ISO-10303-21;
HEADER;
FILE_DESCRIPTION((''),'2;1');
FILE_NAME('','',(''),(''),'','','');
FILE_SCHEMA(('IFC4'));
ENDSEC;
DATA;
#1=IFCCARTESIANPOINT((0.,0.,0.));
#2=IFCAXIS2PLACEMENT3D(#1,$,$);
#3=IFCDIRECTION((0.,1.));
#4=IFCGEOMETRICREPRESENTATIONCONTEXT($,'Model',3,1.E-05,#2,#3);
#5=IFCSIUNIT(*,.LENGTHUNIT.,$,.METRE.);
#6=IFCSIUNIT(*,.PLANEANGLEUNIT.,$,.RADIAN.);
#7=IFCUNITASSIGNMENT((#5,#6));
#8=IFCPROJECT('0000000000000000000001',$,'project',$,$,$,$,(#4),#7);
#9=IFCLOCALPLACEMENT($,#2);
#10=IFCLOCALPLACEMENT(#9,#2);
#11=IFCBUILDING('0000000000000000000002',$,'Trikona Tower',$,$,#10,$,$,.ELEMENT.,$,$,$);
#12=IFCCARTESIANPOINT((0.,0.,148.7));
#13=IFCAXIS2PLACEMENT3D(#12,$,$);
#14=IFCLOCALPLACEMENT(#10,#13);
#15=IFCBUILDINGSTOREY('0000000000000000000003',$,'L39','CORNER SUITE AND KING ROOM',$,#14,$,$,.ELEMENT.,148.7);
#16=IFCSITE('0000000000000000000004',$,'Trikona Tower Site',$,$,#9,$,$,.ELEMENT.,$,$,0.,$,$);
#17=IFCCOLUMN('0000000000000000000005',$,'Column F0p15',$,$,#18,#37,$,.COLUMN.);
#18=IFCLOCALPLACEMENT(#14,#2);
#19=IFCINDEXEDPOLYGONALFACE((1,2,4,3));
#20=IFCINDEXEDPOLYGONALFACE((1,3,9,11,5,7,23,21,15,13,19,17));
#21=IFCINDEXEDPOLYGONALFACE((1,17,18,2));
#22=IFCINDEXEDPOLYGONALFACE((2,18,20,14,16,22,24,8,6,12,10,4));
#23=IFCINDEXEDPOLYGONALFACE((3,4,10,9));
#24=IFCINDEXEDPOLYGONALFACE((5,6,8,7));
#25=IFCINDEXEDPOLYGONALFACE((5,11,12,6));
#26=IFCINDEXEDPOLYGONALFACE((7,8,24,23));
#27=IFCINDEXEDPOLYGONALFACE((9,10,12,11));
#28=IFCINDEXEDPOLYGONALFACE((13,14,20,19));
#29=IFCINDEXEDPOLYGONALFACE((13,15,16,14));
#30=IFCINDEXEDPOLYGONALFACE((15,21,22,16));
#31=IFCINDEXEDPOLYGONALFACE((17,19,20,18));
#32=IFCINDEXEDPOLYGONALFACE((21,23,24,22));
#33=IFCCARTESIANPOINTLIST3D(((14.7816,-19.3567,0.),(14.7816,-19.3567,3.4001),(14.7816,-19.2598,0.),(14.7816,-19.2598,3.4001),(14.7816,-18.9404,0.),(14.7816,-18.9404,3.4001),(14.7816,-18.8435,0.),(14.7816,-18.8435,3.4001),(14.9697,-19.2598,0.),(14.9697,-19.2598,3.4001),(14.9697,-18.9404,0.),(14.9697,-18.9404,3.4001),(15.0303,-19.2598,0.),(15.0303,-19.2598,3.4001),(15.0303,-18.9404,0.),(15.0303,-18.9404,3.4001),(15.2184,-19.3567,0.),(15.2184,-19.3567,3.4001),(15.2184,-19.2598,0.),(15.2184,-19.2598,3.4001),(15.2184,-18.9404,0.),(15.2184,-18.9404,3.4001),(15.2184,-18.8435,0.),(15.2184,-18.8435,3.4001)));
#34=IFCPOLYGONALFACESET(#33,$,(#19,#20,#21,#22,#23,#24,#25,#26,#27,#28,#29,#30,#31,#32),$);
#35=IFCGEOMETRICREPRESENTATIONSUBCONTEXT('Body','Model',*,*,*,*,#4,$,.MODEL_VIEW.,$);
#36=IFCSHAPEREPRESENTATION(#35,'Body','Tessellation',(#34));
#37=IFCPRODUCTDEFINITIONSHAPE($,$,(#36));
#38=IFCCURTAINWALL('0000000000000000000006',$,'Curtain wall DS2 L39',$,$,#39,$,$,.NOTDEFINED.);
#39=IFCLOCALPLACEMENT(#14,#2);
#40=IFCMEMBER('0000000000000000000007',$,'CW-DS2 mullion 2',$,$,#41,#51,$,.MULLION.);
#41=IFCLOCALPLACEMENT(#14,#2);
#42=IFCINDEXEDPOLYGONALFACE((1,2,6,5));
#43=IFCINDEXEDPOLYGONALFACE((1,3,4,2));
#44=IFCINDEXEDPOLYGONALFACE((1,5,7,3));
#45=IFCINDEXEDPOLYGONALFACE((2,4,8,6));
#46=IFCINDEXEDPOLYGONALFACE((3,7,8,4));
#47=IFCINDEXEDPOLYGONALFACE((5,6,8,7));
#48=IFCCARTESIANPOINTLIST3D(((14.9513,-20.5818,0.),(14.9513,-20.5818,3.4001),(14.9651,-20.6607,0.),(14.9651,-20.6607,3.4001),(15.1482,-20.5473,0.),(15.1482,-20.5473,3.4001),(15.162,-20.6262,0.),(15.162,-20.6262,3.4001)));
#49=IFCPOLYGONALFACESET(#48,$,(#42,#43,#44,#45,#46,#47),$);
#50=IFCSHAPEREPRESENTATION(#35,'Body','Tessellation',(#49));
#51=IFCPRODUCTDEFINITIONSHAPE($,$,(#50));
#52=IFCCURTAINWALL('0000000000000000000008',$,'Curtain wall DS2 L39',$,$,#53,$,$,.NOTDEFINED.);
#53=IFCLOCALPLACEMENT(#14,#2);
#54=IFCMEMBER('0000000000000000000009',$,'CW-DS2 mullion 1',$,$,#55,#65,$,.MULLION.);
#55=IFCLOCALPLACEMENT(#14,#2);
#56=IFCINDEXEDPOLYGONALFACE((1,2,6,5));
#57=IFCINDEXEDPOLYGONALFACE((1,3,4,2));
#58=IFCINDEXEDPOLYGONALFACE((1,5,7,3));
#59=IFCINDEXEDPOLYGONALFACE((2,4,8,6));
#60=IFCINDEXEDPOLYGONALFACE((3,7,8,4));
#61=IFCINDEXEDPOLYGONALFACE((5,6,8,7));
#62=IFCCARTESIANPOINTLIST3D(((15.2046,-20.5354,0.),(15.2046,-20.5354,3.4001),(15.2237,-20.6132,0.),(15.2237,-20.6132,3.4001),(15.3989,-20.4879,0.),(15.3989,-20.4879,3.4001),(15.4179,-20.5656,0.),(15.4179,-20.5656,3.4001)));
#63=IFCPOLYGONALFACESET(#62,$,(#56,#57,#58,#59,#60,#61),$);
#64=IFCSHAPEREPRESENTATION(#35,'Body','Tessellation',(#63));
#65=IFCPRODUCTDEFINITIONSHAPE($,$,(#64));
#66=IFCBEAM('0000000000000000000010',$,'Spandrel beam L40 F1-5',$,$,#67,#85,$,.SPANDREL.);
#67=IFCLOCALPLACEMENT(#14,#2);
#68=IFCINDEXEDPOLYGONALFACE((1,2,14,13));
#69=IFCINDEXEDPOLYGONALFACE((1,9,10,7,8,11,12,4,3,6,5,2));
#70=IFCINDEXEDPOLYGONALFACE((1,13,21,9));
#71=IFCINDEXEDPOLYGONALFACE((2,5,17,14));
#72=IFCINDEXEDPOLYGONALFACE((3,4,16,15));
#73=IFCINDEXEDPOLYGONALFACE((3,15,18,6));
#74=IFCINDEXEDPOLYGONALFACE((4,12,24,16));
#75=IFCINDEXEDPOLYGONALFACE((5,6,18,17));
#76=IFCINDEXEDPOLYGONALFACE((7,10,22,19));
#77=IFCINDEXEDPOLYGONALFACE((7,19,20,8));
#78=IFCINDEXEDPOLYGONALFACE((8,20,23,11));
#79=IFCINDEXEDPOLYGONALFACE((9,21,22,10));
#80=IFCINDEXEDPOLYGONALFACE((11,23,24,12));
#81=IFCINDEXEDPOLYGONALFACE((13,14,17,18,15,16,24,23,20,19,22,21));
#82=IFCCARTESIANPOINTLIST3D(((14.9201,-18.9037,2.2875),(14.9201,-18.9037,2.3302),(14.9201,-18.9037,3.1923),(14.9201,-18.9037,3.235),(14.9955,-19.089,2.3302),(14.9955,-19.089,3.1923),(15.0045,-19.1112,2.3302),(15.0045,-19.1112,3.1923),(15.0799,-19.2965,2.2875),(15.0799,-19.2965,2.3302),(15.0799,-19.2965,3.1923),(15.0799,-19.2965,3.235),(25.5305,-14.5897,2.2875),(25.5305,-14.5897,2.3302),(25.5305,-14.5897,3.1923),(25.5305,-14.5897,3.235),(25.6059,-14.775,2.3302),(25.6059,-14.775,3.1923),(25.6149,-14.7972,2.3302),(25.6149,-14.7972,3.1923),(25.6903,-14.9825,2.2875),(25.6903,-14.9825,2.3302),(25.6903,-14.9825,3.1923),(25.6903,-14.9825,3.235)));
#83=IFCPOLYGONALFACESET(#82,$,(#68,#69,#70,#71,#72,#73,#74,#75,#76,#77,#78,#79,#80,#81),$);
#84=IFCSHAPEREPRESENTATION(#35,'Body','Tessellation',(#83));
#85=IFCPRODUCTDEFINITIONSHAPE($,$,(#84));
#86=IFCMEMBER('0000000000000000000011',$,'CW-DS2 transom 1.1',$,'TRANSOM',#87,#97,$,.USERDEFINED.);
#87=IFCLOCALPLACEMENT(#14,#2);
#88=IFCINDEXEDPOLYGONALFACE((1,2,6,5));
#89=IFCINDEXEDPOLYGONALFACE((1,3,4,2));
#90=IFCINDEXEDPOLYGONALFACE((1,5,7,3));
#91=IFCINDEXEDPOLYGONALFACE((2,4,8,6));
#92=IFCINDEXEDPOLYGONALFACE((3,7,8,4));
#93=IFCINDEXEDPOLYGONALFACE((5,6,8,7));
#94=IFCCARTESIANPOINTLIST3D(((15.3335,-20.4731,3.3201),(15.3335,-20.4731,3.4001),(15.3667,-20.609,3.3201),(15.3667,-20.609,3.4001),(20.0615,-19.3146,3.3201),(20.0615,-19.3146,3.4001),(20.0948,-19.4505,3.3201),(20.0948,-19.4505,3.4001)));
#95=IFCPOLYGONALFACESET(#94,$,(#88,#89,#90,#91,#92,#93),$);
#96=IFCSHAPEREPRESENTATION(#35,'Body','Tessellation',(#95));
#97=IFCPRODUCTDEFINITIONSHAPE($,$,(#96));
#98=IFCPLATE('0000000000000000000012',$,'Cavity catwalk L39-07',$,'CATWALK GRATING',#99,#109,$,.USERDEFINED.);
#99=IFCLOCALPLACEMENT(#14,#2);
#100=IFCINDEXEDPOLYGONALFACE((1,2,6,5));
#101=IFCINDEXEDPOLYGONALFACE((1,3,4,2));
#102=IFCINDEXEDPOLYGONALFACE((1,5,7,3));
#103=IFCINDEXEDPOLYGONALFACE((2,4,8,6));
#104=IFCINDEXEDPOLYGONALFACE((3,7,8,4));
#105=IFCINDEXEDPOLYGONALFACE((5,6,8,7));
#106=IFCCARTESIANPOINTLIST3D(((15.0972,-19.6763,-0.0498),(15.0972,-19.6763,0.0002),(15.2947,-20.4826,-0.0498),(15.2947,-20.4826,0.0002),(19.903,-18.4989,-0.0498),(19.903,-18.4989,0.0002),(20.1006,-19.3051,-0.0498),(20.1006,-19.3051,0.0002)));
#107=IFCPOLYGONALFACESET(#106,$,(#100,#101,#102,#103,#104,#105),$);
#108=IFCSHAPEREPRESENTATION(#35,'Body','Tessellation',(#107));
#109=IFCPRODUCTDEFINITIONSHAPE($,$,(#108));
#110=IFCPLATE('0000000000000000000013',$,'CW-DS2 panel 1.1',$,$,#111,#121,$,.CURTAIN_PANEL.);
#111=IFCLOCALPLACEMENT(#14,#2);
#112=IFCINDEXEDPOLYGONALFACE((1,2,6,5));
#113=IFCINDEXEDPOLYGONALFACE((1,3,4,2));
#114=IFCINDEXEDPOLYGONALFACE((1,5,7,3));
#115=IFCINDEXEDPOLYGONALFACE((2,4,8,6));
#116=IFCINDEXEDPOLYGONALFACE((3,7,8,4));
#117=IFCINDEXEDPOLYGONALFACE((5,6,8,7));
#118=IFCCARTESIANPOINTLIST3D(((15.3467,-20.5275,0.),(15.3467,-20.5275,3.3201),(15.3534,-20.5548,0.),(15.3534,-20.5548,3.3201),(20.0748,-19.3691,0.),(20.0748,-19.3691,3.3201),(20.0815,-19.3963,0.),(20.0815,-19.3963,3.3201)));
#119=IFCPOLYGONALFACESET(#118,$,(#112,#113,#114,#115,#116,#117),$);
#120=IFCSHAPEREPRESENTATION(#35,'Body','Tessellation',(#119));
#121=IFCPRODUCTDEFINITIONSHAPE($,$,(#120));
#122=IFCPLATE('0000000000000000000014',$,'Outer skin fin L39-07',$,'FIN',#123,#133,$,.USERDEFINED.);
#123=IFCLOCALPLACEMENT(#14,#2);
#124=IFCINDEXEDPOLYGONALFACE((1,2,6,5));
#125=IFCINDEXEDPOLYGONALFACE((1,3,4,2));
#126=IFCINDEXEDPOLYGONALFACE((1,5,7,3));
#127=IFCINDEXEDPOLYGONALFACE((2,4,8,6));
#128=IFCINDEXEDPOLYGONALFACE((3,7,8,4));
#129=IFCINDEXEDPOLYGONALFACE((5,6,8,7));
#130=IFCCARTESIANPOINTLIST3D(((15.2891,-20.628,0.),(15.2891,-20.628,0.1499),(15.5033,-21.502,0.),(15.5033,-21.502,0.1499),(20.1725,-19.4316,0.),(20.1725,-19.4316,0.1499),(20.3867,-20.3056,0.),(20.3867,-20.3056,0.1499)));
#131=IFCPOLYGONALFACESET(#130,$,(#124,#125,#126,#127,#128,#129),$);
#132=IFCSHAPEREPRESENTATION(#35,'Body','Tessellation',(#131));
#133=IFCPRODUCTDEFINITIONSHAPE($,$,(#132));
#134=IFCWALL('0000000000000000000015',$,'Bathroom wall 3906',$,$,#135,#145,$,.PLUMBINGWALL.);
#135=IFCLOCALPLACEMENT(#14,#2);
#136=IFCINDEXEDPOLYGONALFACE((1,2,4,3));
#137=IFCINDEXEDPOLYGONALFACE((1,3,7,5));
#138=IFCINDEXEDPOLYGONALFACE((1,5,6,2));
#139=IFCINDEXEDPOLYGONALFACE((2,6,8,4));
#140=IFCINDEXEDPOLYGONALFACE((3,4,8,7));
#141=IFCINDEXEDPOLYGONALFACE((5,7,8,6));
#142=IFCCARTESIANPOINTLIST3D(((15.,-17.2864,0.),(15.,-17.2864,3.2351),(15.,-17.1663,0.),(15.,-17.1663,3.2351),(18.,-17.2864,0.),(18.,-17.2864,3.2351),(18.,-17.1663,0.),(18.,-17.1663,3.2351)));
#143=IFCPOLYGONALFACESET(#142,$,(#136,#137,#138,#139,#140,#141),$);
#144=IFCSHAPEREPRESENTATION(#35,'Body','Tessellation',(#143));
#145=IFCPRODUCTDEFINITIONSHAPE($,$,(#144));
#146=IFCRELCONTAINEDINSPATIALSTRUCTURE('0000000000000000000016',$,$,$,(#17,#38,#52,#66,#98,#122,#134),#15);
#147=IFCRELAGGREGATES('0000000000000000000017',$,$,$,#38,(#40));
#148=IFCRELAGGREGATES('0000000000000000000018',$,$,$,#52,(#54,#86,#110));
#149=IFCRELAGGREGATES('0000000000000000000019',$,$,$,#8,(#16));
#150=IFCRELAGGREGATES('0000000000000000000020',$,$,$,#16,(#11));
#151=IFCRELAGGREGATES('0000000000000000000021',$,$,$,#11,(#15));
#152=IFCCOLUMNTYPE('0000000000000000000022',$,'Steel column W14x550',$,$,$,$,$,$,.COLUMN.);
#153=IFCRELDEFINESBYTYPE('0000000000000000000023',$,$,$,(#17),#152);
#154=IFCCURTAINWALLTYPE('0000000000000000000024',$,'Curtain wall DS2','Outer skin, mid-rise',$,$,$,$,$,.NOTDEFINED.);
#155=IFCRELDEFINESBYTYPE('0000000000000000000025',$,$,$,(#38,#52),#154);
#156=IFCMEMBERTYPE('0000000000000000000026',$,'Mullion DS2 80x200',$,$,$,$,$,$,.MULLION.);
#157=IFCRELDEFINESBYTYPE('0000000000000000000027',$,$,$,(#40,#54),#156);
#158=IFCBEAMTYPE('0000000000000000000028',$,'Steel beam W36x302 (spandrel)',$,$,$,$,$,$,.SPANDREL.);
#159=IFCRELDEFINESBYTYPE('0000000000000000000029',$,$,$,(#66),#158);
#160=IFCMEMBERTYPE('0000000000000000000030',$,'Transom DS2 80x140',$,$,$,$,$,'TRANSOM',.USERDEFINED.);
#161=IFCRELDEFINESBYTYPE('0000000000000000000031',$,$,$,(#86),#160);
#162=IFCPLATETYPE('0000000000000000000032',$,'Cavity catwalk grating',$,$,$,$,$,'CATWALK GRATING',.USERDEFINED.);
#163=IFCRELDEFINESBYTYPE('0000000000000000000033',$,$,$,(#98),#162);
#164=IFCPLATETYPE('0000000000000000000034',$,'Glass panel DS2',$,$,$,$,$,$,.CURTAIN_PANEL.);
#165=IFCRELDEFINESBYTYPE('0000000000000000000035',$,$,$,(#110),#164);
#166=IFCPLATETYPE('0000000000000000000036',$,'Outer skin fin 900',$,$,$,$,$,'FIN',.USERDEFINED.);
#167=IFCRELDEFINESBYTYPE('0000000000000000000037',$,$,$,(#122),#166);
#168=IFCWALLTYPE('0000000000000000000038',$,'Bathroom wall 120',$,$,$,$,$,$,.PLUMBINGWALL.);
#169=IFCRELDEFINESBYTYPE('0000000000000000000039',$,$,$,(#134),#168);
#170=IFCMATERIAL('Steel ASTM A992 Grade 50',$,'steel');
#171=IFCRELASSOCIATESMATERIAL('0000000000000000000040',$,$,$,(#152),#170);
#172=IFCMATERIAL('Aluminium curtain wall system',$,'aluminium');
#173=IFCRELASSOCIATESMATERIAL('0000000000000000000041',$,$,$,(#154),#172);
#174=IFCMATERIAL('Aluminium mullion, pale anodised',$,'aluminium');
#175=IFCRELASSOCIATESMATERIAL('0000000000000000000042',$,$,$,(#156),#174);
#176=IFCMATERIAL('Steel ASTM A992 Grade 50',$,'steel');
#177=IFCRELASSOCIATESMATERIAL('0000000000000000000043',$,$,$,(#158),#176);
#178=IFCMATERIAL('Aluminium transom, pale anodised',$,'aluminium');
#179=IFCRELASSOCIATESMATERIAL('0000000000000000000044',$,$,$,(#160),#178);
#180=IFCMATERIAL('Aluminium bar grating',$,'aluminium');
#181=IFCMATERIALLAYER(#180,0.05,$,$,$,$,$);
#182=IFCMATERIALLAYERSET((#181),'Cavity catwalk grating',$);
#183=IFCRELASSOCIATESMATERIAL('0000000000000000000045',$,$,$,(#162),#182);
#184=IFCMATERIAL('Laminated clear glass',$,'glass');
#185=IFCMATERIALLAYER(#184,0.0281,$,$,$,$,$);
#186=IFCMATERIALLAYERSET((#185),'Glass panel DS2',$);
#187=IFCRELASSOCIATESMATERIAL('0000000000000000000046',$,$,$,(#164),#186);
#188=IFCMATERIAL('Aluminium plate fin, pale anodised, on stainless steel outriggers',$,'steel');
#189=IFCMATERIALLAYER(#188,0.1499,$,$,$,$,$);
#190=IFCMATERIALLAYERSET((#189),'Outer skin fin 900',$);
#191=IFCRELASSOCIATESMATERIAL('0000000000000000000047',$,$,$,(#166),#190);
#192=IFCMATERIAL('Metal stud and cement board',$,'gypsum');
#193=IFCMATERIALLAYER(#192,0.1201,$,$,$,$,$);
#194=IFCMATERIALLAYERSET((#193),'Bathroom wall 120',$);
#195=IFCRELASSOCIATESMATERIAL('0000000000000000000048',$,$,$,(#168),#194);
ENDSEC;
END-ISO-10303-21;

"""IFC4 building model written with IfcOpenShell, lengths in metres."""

from ifc_helpers import new_model, si_unit, direction, frame, frame_2d, origin, origin_2d, place, context, subcontext, project, spatial, rectangle, i_section, extrude, material, layer, layer_set, material_profile, profile_set, type_object, element, aggregate, save


model = new_model("IFC4")

# Units and contexts
model_context = context("Model", 3, precision=1e-05, world=origin(), true_north=direction((0.0, 1.0)))
body_context = subcontext(model_context, "Body", "Model", "MODEL_VIEW")
ifc_project = project(units=[si_unit("LENGTHUNIT", "METRE"), si_unit("PLANEANGLEUNIT", "RADIAN")], contexts=[model_context])

# Site, building, storey
site_placement = place(None, origin())
site = spatial("IfcSite", under=ifc_project, at=site_placement, Name="Trikona Tower Site", CompositionType="ELEMENT", RefElevation=0.0)
building_placement = place(site_placement, origin())
building = spatial("IfcBuilding", under=site, at=building_placement, Name="Trikona Tower", CompositionType="ELEMENT")
storey_placement = place(building_placement, frame((0.0, 0.0, 148.7)))
storey = spatial("IfcBuildingStorey", under=building, at=storey_placement, Name="L39", Description="CORNER SUITE AND KING ROOM", CompositionType="ELEMENT", Elevation=148.7)

# Column
ifc_material_1 = material(Name="Steel ASTM A992 Grade 50", Category="steel")
ifc_material_profile_1 = material_profile(ifc_material_1, i_section(OverallWidth=0.4368, OverallDepth=0.5132, WebThickness=0.0605, FlangeThickness=0.0969, at=origin_2d()), Name="W14X550")
ifc_profile_set_1 = profile_set([ifc_material_profile_1], Name="Steel ASTM A992 Grade 50")
column_type = type_object("IfcColumnType", Name="Steel column W14x550", PredefinedType="COLUMN", material=ifc_profile_set_1)
column_placement = place(storey_placement, frame((15.0, -19.1001, 0.0), z_axis=(0.0, 0.0, 1.0), x_axis=(1.0, 0.0, 0.0)))
element("IfcColumn", 1, at=column_placement, inside=storey, type_object=column_type, Name="Column F0p15", PredefinedType="COLUMN", context=body_context, shape_type="SweptSolid", body=[
    extrude(i_section(OverallWidth=0.4368, OverallDepth=0.5132, WebThickness=0.0605, FlangeThickness=0.0969, at=origin_2d()), origin(), (0.0, 0.0, 1.0), 3.4001),
])

# Curtain walls, members
ifc_material_2 = material(Name="Aluminium curtain wall system", Category="aluminium")
curtain_wall_type = type_object("IfcCurtainWallType", Name="Curtain wall DS2", Description="Outer skin, mid-rise", PredefinedType="NOTDEFINED", material=ifc_material_2)
curtain_wall_1_placement = place(storey_placement, origin())
curtain_wall_1 = element("IfcCurtainWall", 2, at=curtain_wall_1_placement, inside=storey, type_object=curtain_wall_type, Name="Curtain wall DS2 L39", PredefinedType="NOTDEFINED")
ifc_material_3 = material(Name="Aluminium mullion, pale anodised", Category="aluminium")
ifc_material_profile_2 = material_profile(ifc_material_3, rectangle(XDim=0.0801, YDim=0.2, at=origin_2d()), Name="MUL-DS2")
ifc_profile_set_2 = profile_set([ifc_material_profile_2], Name="Aluminium mullion, pale anodised")
member_type_1 = type_object("IfcMemberType", Name="Mullion DS2 80x200", PredefinedType="MULLION", material=ifc_profile_set_2)
member_1_placement = place(storey_placement, frame((15.0566, -20.604, 0.0), z_axis=(0.0, 0.0, 1.0), x_axis=(-0.172377, 0.985031, 0.0)))
member_1 = element("IfcMember", 3, at=member_1_placement, type_object=member_type_1, Name="CW-DS2 mullion 2", PredefinedType="MULLION", context=body_context, shape_type="SweptSolid", body=[
    extrude(rectangle(XDim=0.0801, YDim=0.2, at=origin_2d()), origin(), (0.0, 0.0, 1.0), 3.4001),
])
aggregate(curtain_wall_1, [member_1])
curtain_wall_2_placement = place(storey_placement, origin())
curtain_wall_2 = element("IfcCurtainWall", 4, at=curtain_wall_2_placement, inside=storey, type_object=curtain_wall_type, Name="Curtain wall DS2 L39", PredefinedType="NOTDEFINED")
member_2_placement = place(storey_placement, frame((15.3113, -20.5505, 0.0), z_axis=(0.0, 0.0, 1.0), x_axis=(-0.23797, 0.971272, 0.0)))
member_2 = element("IfcMember", 5, at=member_2_placement, type_object=member_type_1, Name="CW-DS2 mullion 1", PredefinedType="MULLION", context=body_context, shape_type="SweptSolid", body=[
    extrude(rectangle(XDim=0.0801, YDim=0.2, at=origin_2d()), origin(), (0.0, 0.0, 1.0), 3.4001),
])

# Beam
ifc_material_4 = material(Name="Steel ASTM A992 Grade 50", Category="steel")
ifc_material_profile_3 = material_profile(ifc_material_4, i_section(OverallWidth=0.4241, OverallDepth=0.9475, WebThickness=0.0239, FlangeThickness=0.0427, at=origin_2d()), Name="W36X302")
ifc_profile_set_3 = profile_set([ifc_material_profile_3], Name="Steel ASTM A992 Grade 50")
beam_type = type_object("IfcBeamType", Name="Steel beam W36x302 (spandrel)", PredefinedType="SPANDREL", material=ifc_profile_set_3)
beam_placement = place(storey_placement, frame((15.0, -19.1001, 2.7612), z_axis=(0.92636, 0.37664, 0.0), x_axis=(-0.37664, 0.92636, 0.0)))
element("IfcBeam", 6, at=beam_placement, inside=storey, type_object=beam_type, Name="Spandrel beam L40 F1-5", PredefinedType="SPANDREL", context=body_context, shape_type="SweptSolid", body=[
    extrude(i_section(OverallWidth=0.4241, OverallDepth=0.9475, WebThickness=0.0239, FlangeThickness=0.0427, at=origin_2d()), origin(), (0.0, 0.0, 1.0), 11.4539),
])

# Member
ifc_material_5 = material(Name="Aluminium transom, pale anodised", Category="aluminium")
ifc_material_profile_4 = material_profile(ifc_material_5, rectangle(XDim=0.1399, YDim=0.0801, at=origin_2d()), Name="TRN-DS2")
ifc_profile_set_4 = profile_set([ifc_material_profile_4], Name="Aluminium transom, pale anodised")
member_type_2 = type_object("IfcMemberType", Name="Transom DS2 80x140", ElementType="TRANSOM", PredefinedType="USERDEFINED", material=ifc_profile_set_4)
member_3_placement = place(storey_placement, frame((15.3501, -20.541, 3.3601), z_axis=(0.971271, 0.237978, 0.0), x_axis=(-0.237978, 0.971271, 0.0)))
member_3 = element("IfcMember", 7, at=member_3_placement, type_object=member_type_2, Name="CW-DS2 transom 1.1", ObjectType="TRANSOM", PredefinedType="USERDEFINED", context=body_context, shape_type="SweptSolid", body=[
    extrude(rectangle(XDim=0.1399, YDim=0.0801, at=origin_2d()), origin(), (0.0, 0.0, 1.0), 4.8679),
])

# Plates
ifc_material_6 = material(Name="Aluminium bar grating", Category="aluminium")
ifc_layer_1 = layer(ifc_material_6, 0.05)
ifc_layer_set_1 = layer_set([ifc_layer_1], Name="Cavity catwalk grating")
plate_type_1 = type_object("IfcPlateType", Name="Cavity catwalk grating", ElementType="CATWALK GRATING", PredefinedType="USERDEFINED", material=ifc_layer_set_1)
plate_1_placement = place(storey_placement, frame((17.5989, -19.4907, -0.0498), z_axis=(0.0, 0.0, 1.0), x_axis=(0.971274, 0.237962, 0.0)))
element("IfcPlate", 8, at=plate_1_placement, inside=storey, type_object=plate_type_1, Name="Cavity catwalk L39-07", ObjectType="CATWALK GRATING", PredefinedType="USERDEFINED", context=body_context, shape_type="SweptSolid", body=[
    extrude(rectangle(XDim=4.948, YDim=0.8301, at=origin_2d()), origin(), (0.0, 0.0, 1.0), 0.05),
])
ifc_material_7 = material(Name="Laminated clear glass", Category="glass")
ifc_layer_2 = layer(ifc_material_7, 0.0281)
ifc_layer_set_2 = layer_set([ifc_layer_2], Name="Glass panel DS2")
plate_type_2 = type_object("IfcPlateType", Name="Glass panel DS2", PredefinedType="CURTAIN_PANEL", material=ifc_layer_set_2)
plate_2_placement = place(storey_placement, frame((17.7141, -19.9619, 0.0), z_axis=(0.0, 0.0, 1.0), x_axis=(0.971272, 0.23797, 0.0)))
plate_2 = element("IfcPlate", 9, at=plate_2_placement, type_object=plate_type_2, Name="CW-DS2 panel 1.1", PredefinedType="CURTAIN_PANEL", context=body_context, shape_type="SweptSolid", body=[
    extrude(rectangle(XDim=4.8679, YDim=0.0281, at=origin_2d()), origin(), (0.0, 0.0, 1.0), 3.3201),
])
aggregate(curtain_wall_2, [member_2, member_3, plate_2])
ifc_material_8 = material(Name="Aluminium plate fin, pale anodised, on stainless steel outriggers", Category="steel")
ifc_layer_3 = layer(ifc_material_8, 0.1499)
ifc_layer_set_3 = layer_set([ifc_layer_3], Name="Outer skin fin 900")
plate_type_3 = type_object("IfcPlateType", Name="Outer skin fin 900", ElementType="FIN", PredefinedType="USERDEFINED", material=ifc_layer_set_3)
plate_3_placement = place(storey_placement, frame((17.8379, -20.4668, 0.0), z_axis=(0.0, 0.0, 1.0), x_axis=(0.971274, 0.237962, 0.0)))
element("IfcPlate", 10, at=plate_3_placement, inside=storey, type_object=plate_type_3, Name="Outer skin fin L39-07", ObjectType="FIN", PredefinedType="USERDEFINED", context=body_context, shape_type="SweptSolid", body=[
    extrude(rectangle(XDim=5.0278, YDim=0.8999, at=origin_2d()), origin(), (0.0, 0.0, 1.0), 0.1499),
])

# Wall
ifc_material_9 = material(Name="Metal stud and cement board", Category="gypsum")
ifc_layer_4 = layer(ifc_material_9, 0.1201)
ifc_layer_set_4 = layer_set([ifc_layer_4], Name="Bathroom wall 120")
wall_type_1 = type_object("IfcWallType", Name="Bathroom wall 120", PredefinedType="PLUMBINGWALL", material=ifc_layer_set_4)
wall_1_placement = place(storey_placement, frame((15.0, -17.2263, 0.0), z_axis=(0.0, 0.0, 1.0), x_axis=(1.0, 0.0, 0.0)))
element("IfcWall", 11, at=wall_1_placement, inside=storey, type_object=wall_type_1, Name="Bathroom wall 3906", PredefinedType="PLUMBINGWALL", context=body_context, shape_type="SweptSolid", body=[
    extrude(rectangle(XDim=3.0, YDim=0.1201, at=frame_2d((1.5, 0.0))), origin(), (0.0, 0.0, 1.0), 3.2351),
])

save(model, "model.ifc")
